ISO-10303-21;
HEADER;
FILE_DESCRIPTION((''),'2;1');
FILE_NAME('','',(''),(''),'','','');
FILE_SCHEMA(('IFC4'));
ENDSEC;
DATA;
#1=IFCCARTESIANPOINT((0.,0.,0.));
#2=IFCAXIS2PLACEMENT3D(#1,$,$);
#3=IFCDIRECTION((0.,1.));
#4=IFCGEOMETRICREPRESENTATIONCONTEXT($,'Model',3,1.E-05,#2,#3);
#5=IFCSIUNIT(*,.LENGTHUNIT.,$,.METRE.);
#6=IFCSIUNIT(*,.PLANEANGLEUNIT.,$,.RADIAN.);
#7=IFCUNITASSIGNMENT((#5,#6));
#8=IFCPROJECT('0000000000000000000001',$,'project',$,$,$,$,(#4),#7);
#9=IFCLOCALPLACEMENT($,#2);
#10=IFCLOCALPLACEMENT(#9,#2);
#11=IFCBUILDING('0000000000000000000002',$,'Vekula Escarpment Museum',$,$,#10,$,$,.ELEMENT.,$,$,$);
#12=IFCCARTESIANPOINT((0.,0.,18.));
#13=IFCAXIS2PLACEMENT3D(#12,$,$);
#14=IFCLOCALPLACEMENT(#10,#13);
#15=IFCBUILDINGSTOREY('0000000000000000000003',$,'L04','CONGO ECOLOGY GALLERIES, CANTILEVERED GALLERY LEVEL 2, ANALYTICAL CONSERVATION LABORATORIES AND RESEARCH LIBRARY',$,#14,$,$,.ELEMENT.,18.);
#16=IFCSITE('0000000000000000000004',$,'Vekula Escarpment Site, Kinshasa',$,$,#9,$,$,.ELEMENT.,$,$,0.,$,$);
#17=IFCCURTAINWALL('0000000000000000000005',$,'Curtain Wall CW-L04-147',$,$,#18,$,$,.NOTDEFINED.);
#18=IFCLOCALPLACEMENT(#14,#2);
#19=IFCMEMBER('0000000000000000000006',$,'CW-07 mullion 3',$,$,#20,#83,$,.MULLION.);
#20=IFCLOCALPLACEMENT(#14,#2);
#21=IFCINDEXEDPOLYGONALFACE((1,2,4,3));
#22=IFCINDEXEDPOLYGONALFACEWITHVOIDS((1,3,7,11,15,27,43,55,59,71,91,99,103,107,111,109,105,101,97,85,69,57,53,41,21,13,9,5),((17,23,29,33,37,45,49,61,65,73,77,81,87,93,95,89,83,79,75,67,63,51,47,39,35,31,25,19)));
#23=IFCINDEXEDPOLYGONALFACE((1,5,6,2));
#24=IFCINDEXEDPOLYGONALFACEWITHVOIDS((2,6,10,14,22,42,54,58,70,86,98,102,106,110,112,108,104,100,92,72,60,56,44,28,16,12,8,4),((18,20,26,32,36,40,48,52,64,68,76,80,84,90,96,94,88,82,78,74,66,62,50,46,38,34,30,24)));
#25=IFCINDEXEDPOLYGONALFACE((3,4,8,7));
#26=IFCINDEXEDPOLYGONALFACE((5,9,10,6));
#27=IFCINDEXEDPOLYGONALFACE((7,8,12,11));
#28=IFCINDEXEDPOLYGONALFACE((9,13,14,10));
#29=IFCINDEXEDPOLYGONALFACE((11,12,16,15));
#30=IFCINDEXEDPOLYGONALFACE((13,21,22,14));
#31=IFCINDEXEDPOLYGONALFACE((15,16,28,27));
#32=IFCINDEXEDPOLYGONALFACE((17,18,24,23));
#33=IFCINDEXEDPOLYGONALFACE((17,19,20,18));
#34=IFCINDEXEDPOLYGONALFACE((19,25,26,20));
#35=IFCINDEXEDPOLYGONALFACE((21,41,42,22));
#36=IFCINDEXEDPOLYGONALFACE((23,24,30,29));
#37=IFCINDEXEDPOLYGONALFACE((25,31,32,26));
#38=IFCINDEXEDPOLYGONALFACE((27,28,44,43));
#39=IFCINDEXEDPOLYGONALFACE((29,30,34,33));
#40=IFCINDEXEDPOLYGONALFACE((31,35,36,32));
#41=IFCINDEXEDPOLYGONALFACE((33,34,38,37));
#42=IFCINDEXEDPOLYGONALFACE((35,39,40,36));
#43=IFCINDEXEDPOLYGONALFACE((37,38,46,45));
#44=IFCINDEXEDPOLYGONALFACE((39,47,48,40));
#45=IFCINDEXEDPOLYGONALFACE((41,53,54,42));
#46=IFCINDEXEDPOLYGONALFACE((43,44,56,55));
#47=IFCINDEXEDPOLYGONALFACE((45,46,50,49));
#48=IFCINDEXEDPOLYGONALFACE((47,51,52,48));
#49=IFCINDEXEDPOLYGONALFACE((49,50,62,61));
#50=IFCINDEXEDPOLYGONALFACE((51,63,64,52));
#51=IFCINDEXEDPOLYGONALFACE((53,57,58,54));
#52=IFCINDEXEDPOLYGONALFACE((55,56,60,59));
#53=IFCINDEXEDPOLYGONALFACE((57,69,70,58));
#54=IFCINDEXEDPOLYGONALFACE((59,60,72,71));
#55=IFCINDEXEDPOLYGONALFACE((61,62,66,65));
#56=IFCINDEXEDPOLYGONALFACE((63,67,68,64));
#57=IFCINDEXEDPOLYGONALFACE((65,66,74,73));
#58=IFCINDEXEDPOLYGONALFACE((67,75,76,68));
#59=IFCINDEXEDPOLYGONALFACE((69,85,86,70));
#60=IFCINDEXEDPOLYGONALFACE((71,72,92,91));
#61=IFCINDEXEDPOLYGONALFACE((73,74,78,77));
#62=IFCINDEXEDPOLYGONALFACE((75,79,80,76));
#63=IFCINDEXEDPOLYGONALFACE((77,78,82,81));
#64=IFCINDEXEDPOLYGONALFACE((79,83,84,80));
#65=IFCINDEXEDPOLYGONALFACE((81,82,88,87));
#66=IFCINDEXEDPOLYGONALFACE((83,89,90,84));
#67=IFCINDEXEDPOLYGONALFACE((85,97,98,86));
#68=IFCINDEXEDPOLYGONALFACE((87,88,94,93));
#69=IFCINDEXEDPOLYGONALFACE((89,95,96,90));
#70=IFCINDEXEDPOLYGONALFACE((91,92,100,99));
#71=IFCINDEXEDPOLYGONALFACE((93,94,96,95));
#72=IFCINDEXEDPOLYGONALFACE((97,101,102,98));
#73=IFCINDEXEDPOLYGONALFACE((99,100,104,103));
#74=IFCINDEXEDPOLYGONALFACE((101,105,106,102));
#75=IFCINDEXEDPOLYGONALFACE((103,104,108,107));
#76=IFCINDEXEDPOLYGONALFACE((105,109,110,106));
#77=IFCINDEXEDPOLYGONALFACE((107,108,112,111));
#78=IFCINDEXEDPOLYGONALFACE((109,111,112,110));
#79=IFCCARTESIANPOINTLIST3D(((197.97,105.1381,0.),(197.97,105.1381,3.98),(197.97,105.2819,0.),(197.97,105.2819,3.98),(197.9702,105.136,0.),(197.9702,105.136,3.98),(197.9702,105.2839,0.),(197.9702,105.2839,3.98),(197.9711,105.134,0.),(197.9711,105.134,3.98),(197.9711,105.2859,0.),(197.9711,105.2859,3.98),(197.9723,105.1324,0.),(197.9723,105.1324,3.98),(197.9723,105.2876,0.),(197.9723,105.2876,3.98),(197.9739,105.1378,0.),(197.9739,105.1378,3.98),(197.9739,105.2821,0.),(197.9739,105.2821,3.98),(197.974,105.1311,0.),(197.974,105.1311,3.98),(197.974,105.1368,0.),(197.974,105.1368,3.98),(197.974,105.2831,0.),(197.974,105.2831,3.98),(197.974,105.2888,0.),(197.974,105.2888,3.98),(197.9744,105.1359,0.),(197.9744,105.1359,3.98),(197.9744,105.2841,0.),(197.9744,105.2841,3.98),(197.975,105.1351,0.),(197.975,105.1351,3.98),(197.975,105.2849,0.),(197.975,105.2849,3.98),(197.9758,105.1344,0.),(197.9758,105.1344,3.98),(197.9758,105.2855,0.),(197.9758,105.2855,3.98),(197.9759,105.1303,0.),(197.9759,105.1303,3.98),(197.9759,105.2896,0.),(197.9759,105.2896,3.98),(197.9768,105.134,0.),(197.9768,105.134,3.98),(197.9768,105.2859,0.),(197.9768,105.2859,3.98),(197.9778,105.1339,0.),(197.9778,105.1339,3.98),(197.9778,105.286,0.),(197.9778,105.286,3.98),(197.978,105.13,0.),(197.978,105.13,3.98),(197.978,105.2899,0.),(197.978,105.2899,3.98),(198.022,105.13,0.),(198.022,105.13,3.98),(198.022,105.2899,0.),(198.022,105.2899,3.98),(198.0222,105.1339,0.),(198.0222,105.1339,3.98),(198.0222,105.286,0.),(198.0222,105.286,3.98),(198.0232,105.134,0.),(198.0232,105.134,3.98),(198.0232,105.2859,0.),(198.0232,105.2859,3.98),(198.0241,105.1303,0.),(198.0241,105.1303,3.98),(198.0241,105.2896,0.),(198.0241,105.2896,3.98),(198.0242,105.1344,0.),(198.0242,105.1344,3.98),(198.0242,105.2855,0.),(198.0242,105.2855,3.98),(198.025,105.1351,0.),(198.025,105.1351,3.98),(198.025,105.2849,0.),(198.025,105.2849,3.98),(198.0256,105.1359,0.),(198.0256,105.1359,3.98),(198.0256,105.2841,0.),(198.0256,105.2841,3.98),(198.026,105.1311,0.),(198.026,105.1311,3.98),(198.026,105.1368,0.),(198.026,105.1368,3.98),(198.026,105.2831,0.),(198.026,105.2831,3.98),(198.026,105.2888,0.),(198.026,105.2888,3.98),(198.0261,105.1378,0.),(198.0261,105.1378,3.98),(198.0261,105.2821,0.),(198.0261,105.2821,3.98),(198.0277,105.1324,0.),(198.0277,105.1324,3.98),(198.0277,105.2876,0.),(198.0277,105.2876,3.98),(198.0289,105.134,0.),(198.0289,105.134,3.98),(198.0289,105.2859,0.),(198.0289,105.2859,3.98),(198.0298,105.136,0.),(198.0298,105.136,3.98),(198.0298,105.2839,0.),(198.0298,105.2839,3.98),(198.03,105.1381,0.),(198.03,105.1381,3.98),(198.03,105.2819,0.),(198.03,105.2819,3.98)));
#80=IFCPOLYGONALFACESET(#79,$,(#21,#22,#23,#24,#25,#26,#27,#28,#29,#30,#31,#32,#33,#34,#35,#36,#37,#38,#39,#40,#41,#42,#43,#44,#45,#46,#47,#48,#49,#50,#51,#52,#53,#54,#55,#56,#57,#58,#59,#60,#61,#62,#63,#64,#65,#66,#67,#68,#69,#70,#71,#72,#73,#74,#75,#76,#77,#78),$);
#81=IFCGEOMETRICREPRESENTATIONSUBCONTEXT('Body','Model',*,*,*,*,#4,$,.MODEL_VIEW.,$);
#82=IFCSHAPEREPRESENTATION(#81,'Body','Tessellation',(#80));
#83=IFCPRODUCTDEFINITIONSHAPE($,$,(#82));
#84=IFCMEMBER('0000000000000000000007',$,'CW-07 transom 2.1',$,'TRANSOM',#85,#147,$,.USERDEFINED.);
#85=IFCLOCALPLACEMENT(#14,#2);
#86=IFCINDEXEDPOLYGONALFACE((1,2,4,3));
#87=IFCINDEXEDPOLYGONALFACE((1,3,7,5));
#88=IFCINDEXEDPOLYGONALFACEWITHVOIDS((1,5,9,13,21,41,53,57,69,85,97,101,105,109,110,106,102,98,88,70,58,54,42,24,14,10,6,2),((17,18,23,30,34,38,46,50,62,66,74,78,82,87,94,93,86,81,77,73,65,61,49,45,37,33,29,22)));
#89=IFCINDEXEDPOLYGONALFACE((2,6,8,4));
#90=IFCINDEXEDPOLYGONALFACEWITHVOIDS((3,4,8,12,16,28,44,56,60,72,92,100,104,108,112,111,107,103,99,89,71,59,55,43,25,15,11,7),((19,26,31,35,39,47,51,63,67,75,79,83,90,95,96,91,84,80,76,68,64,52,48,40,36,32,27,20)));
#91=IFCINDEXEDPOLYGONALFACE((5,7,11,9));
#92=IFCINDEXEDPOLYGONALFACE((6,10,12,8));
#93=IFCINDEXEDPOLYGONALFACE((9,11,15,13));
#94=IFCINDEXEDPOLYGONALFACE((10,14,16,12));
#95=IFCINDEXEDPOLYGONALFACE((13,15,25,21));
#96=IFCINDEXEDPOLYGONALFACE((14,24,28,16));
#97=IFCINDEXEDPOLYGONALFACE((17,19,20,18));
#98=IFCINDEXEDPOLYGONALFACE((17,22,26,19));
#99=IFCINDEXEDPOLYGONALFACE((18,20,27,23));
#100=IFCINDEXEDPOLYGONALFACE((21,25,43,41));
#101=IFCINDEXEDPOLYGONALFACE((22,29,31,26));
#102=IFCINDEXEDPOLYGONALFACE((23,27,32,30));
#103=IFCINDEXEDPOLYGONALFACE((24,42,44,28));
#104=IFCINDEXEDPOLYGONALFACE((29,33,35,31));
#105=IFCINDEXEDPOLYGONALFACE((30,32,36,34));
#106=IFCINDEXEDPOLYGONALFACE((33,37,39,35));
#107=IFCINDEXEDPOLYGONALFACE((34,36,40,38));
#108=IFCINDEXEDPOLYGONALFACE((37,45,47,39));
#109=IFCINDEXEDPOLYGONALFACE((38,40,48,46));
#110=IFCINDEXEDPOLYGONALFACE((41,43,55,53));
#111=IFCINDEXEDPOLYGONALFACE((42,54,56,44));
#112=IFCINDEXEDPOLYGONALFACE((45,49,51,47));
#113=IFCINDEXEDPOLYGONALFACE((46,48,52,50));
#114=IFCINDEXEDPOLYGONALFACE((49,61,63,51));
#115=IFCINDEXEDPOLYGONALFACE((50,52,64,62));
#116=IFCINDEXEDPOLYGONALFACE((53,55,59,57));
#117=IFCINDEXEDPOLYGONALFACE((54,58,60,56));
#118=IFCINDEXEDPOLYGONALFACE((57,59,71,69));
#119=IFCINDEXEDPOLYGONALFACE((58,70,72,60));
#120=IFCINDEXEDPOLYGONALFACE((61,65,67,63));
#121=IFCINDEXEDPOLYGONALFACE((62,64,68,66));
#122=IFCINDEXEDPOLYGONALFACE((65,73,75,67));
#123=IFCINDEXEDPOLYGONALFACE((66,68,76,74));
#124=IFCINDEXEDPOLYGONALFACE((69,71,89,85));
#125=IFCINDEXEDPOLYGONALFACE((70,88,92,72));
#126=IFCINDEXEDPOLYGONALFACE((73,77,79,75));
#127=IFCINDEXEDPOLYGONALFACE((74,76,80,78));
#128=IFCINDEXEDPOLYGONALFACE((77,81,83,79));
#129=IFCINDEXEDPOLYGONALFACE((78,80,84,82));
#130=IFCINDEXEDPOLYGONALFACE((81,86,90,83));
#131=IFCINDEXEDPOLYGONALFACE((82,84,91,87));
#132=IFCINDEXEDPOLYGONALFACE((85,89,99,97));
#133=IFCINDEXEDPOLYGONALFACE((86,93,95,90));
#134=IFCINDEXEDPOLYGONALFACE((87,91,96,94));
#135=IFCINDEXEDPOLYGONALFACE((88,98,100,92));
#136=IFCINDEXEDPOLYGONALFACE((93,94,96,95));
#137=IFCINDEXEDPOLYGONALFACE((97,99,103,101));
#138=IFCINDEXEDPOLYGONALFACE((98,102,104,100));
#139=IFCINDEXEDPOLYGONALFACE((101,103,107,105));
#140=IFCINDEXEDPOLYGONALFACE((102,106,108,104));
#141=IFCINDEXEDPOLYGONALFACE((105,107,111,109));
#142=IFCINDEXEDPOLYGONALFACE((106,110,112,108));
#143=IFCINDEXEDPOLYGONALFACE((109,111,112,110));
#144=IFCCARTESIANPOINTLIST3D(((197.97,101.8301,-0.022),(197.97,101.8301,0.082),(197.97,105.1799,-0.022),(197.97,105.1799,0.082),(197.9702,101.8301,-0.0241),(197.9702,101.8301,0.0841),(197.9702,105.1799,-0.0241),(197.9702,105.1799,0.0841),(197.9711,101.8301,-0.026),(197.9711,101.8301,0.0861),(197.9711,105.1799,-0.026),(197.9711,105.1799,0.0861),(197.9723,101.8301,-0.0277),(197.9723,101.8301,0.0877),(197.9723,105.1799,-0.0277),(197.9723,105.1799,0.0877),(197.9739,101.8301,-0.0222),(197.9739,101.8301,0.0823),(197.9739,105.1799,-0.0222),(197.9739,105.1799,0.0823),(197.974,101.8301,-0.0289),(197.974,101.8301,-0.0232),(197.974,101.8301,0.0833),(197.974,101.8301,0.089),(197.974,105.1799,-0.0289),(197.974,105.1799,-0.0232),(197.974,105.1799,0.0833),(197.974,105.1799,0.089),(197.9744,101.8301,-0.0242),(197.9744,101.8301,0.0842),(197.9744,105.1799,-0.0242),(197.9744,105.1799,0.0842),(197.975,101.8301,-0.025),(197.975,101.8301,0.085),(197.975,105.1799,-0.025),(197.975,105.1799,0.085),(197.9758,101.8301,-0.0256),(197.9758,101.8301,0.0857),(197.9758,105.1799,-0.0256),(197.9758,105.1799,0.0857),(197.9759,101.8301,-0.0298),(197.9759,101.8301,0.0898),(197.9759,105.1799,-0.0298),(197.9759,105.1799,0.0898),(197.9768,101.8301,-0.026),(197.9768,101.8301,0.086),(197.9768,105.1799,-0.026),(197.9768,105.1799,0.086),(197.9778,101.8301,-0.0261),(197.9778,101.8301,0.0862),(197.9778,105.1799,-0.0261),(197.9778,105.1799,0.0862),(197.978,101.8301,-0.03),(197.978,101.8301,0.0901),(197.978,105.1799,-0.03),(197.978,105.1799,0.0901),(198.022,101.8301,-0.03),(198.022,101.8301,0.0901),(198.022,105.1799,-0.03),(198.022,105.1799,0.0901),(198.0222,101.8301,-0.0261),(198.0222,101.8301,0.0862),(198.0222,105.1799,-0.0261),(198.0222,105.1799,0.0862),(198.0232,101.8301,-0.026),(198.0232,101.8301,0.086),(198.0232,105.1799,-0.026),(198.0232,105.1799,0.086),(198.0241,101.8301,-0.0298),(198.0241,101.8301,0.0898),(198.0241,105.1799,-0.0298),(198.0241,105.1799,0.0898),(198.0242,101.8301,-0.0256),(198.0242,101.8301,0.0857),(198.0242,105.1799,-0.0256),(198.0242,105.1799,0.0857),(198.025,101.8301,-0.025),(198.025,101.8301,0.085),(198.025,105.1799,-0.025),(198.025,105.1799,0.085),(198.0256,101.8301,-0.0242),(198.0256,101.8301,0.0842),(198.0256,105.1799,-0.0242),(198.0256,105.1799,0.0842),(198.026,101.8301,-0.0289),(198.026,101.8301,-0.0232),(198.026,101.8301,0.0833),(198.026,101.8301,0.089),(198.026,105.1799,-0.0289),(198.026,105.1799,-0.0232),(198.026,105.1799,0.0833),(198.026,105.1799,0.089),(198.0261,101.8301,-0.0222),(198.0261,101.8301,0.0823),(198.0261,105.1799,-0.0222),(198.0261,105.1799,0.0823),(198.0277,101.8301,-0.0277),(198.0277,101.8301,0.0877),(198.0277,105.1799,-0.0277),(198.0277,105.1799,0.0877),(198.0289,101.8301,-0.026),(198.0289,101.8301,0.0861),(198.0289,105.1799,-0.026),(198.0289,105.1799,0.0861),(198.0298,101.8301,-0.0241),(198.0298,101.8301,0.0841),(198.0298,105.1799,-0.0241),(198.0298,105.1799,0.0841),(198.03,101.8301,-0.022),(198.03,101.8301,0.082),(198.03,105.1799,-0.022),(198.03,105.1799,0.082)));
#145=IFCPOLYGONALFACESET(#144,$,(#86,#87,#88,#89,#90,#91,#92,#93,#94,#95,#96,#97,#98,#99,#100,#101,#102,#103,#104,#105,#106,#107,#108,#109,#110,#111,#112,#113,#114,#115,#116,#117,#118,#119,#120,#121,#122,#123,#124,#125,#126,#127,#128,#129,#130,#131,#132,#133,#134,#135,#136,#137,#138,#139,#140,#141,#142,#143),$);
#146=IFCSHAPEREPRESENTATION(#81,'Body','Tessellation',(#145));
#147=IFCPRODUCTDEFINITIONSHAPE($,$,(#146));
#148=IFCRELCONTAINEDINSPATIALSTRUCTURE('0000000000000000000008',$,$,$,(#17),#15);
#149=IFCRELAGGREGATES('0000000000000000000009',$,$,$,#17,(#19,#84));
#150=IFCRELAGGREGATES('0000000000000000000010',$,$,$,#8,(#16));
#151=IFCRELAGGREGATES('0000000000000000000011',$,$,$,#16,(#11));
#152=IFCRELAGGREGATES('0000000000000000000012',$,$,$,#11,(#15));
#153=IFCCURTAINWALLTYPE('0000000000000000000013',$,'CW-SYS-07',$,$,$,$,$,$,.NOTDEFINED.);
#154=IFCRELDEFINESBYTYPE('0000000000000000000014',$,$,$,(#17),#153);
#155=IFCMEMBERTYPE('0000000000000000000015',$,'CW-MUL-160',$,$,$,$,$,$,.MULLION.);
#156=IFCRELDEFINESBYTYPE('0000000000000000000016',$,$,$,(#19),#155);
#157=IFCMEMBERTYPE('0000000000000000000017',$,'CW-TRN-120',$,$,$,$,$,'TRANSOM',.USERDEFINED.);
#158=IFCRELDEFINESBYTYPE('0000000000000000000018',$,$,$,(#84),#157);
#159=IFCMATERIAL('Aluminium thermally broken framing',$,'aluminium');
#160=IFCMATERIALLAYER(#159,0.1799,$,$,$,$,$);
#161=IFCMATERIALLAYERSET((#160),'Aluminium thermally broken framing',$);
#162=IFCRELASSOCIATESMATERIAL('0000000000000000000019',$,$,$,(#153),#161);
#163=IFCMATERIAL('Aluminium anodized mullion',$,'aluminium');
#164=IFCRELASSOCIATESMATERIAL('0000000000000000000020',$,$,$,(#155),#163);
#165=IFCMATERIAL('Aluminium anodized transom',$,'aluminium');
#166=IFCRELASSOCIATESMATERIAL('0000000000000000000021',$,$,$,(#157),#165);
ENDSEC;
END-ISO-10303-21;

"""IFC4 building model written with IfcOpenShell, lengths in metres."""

from ifc_helpers import new_model, si_unit, direction, frame, origin, origin_2d, place, context, subcontext, project, spatial, hollow_rectangle, extrude, material, layer, layer_set, material_profile, profile_set, type_object, element, aggregate, save


model = new_model("IFC4")

# Units and contexts
model_context = context("Model", 3, precision=1e-05, world=origin(), true_north=direction((0.0, 1.0)))
body_context = subcontext(model_context, "Body", "Model", "MODEL_VIEW")
ifc_project = project(units=[si_unit("LENGTHUNIT", "METRE"), si_unit("PLANEANGLEUNIT", "RADIAN")], contexts=[model_context])

# Site, building, storey
site_placement = place(None, origin())
site = spatial("IfcSite", under=ifc_project, at=site_placement, Name="Vekula Escarpment Site, Kinshasa", CompositionType="ELEMENT", RefElevation=0.0)
building_placement = place(site_placement, origin())
building = spatial("IfcBuilding", under=site, at=building_placement, Name="Vekula Escarpment Museum", CompositionType="ELEMENT")
storey_placement = place(building_placement, frame((0.0, 0.0, 18.0)))
storey = spatial("IfcBuildingStorey", under=building, at=storey_placement, Name="L04", Description="CONGO ECOLOGY GALLERIES, CANTILEVERED GALLERY LEVEL 2, ANALYTICAL CONSERVATION LABORATORIES AND RESEARCH LIBRARY", CompositionType="ELEMENT", Elevation=18.0)

# Curtain wall, members
ifc_material_1 = material(Name="Aluminium thermally broken framing", Category="aluminium")
ifc_layer_1 = layer(ifc_material_1, 0.1799)
ifc_layer_set_1 = layer_set([ifc_layer_1], Name="Aluminium thermally broken framing")
curtain_wall_type = type_object("IfcCurtainWallType", Name="CW-SYS-07", PredefinedType="NOTDEFINED", material=ifc_layer_set_1)
curtain_wall_placement = place(storey_placement, origin())
curtain_wall = element("IfcCurtainWall", 1, at=curtain_wall_placement, inside=storey, type_object=curtain_wall_type, Name="Curtain Wall CW-L04-147", PredefinedType="NOTDEFINED")
ifc_material_2 = material(Name="Aluminium anodized mullion", Category="aluminium")
ifc_material_profile_1 = material_profile(ifc_material_2, hollow_rectangle(XDim=0.0601, YDim=0.1599, WallThickness=0.0039, InnerFilletRadius=0.0039, OuterFilletRadius=0.0081, at=origin_2d()), Name="ALU 160x60x4")
ifc_profile_set_1 = profile_set([ifc_material_profile_1], Name="Aluminium anodized mullion")
member_type_1 = type_object("IfcMemberType", Name="CW-MUL-160", PredefinedType="MULLION", material=ifc_profile_set_1)
member_1_placement = place(storey_placement, frame((198.0, 105.21, 0.0), z_axis=(0.0, 0.0, 1.0), x_axis=(-1.0, 0.0, 0.0)))
member_1 = element("IfcMember", 2, at=member_1_placement, type_object=member_type_1, Name="CW-07 mullion 3", PredefinedType="MULLION", context=body_context, shape_type="SweptSolid", body=[
    extrude(hollow_rectangle(XDim=0.0601, YDim=0.1599, WallThickness=0.0039, InnerFilletRadius=0.0039, OuterFilletRadius=0.0081, at=origin_2d()), origin(), (0.0, 0.0, 1.0), 3.98),
])
ifc_material_3 = material(Name="Aluminium anodized transom", Category="aluminium")
ifc_material_profile_2 = material_profile(ifc_material_3, hollow_rectangle(XDim=0.0601, YDim=0.1201, WallThickness=0.0039, InnerFilletRadius=0.0039, OuterFilletRadius=0.0081, at=origin_2d()), Name="ALU 120x60x4")
ifc_profile_set_2 = profile_set([ifc_material_profile_2], Name="Aluminium anodized transom")
member_type_2 = type_object("IfcMemberType", Name="CW-TRN-120", ElementType="TRANSOM", PredefinedType="USERDEFINED", material=ifc_profile_set_2)
member_2_placement = place(storey_placement, frame((198.0, 101.8301, 0.03), z_axis=(0.0, 1.0, 0.0), x_axis=(-1.0, 0.0, 0.0)))
member_2 = element("IfcMember", 3, at=member_2_placement, type_object=member_type_2, Name="CW-07 transom 2.1", ObjectType="TRANSOM", PredefinedType="USERDEFINED", context=body_context, shape_type="SweptSolid", body=[
    extrude(hollow_rectangle(XDim=0.0601, YDim=0.1201, WallThickness=0.0039, InnerFilletRadius=0.0039, OuterFilletRadius=0.0081, at=origin_2d()), origin(), (0.0, 0.0, 1.0), 3.3499),
])
aggregate(curtain_wall, [member_1, member_2])

save(model, "model.ifc")
